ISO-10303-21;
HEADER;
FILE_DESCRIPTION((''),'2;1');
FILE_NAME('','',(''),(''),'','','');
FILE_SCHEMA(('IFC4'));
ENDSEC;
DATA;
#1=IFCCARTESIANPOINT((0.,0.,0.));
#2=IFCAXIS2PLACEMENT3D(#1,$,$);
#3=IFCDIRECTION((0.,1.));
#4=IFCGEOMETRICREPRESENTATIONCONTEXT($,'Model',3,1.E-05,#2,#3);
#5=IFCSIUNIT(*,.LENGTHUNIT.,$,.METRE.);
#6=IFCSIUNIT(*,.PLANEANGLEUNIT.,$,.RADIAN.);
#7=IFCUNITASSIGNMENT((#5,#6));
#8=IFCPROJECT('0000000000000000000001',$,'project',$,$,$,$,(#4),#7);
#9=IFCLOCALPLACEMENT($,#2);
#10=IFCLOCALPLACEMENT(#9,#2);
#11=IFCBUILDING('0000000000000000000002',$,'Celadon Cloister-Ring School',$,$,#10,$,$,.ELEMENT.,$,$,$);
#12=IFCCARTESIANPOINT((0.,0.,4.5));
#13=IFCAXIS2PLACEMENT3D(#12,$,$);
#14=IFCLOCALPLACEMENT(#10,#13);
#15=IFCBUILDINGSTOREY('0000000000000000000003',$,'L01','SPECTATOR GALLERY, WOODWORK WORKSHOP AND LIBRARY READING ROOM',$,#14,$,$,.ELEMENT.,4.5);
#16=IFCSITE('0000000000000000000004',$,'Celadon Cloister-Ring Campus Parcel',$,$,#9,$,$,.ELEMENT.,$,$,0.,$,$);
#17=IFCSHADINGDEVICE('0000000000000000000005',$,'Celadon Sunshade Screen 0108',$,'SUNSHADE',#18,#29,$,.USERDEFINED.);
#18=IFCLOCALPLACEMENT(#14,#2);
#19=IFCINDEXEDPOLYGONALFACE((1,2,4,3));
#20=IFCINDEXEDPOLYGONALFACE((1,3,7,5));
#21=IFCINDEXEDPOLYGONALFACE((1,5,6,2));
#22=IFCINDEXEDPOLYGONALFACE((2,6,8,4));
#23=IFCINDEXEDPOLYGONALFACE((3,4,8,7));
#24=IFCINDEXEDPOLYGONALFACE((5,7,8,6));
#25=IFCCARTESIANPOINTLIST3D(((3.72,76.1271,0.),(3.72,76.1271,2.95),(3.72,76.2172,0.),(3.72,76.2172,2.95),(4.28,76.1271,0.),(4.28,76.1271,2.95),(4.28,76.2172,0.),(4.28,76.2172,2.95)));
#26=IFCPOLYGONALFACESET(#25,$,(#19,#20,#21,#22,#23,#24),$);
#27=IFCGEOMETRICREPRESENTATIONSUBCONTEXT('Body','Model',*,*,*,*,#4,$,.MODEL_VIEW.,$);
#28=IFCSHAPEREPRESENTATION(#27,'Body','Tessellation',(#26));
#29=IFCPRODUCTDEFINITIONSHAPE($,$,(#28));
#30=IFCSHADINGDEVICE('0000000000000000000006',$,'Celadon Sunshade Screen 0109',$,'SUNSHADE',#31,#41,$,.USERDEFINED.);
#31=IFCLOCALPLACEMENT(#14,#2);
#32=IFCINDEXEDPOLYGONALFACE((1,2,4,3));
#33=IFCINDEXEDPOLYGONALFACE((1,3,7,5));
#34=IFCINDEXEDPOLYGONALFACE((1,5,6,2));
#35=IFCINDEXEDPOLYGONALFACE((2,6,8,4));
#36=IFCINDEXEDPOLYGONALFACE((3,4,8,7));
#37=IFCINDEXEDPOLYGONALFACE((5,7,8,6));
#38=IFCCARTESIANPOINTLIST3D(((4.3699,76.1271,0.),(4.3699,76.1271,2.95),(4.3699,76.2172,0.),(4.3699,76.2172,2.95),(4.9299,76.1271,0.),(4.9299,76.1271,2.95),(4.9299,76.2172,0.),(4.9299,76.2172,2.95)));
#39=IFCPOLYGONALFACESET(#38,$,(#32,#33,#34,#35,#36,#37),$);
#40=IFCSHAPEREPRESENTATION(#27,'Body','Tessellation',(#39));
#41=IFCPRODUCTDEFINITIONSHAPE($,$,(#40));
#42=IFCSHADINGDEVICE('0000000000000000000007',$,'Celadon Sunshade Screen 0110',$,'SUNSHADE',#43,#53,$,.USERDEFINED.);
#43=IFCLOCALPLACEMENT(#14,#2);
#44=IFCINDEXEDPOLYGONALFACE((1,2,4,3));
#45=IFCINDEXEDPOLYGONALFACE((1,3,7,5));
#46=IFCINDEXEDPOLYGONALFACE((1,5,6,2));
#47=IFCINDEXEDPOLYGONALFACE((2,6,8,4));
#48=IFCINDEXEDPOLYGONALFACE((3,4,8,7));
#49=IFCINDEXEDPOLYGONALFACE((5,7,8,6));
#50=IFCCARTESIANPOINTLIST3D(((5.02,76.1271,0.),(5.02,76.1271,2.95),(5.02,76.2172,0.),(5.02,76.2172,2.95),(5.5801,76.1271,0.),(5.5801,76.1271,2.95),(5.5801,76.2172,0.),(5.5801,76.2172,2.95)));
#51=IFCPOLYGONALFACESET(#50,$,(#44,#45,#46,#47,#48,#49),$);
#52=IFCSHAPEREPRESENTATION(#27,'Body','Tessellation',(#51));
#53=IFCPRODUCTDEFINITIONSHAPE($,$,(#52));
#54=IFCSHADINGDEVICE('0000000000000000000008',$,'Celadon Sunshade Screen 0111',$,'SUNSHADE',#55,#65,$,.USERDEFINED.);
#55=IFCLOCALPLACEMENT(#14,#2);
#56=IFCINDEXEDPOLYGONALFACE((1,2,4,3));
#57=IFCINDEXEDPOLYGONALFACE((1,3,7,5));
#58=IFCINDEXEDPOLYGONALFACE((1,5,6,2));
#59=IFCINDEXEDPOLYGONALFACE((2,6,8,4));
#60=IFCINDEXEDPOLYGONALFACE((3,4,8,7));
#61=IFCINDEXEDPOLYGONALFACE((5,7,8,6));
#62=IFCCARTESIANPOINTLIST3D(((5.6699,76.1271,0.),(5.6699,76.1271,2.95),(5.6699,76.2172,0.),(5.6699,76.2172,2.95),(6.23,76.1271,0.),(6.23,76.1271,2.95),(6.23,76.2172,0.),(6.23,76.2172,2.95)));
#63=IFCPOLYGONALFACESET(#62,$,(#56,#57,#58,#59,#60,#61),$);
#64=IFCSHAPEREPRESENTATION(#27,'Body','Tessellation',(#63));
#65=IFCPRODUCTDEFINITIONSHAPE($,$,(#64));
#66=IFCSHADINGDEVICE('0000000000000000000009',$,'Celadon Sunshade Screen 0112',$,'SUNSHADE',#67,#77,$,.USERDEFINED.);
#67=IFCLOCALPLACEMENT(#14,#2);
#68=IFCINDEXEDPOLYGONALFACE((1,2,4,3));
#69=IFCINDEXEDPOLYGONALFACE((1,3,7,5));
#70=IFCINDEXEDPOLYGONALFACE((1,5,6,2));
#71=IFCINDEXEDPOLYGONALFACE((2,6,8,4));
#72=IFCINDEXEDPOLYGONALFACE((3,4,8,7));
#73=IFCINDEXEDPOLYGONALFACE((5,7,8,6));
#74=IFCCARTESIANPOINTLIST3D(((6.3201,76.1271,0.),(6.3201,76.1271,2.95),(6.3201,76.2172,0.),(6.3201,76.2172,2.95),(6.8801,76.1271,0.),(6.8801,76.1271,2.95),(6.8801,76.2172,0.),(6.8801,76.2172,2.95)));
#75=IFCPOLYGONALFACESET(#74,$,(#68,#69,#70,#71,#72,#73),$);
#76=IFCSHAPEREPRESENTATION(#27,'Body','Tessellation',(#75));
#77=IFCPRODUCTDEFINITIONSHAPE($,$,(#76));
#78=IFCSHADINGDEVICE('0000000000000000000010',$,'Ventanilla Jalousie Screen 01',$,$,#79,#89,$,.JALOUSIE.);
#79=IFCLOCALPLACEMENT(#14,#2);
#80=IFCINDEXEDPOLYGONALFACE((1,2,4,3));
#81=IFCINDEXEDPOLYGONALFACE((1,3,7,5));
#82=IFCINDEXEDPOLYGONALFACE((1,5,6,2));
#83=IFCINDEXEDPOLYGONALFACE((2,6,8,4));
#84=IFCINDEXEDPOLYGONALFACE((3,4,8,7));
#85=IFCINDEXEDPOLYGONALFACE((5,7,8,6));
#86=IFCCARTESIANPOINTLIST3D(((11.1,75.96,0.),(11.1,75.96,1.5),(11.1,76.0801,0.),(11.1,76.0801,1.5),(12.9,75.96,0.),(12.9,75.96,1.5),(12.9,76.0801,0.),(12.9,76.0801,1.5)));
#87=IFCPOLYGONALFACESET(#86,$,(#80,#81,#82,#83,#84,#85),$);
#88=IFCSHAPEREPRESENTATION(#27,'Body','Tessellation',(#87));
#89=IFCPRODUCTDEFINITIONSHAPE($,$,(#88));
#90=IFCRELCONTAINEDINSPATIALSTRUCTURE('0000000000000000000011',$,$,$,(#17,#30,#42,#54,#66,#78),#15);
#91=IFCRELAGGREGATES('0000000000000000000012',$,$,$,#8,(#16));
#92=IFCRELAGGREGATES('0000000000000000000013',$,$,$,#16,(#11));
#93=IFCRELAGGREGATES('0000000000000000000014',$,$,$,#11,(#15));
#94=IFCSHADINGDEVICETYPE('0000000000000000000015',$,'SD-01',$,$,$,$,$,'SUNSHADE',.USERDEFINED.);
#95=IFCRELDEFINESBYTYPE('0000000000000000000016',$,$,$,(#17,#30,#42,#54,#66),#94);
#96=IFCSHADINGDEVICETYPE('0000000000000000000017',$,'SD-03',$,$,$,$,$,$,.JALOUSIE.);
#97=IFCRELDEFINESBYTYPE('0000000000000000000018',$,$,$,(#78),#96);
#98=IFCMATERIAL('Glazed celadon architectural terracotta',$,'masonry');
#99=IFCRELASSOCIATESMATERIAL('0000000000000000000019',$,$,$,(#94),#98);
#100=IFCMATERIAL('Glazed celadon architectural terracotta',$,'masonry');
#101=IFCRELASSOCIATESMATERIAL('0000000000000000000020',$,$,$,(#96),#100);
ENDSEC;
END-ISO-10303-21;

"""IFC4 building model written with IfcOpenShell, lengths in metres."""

from ifc_helpers import new_model, si_unit, direction, frame, origin, origin_2d, place, context, subcontext, project, spatial, rectangle, extrude, material, type_object, element, save


model = new_model("IFC4")

# Units and contexts
model_context = context("Model", 3, precision=1e-05, world=origin(), true_north=direction((0.0, 1.0)))
body_context = subcontext(model_context, "Body", "Model", "MODEL_VIEW")
ifc_project = project(units=[si_unit("LENGTHUNIT", "METRE"), si_unit("PLANEANGLEUNIT", "RADIAN")], contexts=[model_context])

# Site, building, storey
site_placement = place(None, origin())
site = spatial("IfcSite", under=ifc_project, at=site_placement, Name="Celadon Cloister-Ring Campus Parcel", CompositionType="ELEMENT", RefElevation=0.0)
building_placement = place(site_placement, origin())
building = spatial("IfcBuilding", under=site, at=building_placement, Name="Celadon Cloister-Ring School", CompositionType="ELEMENT")
storey_placement = place(building_placement, frame((0.0, 0.0, 4.5)))
storey = spatial("IfcBuildingStorey", under=building, at=storey_placement, Name="L01", Description="SPECTATOR GALLERY, WOODWORK WORKSHOP AND LIBRARY READING ROOM", CompositionType="ELEMENT", Elevation=4.5)

# Shading devices
ifc_material_1 = material(Name="Glazed celadon architectural terracotta", Category="masonry")
shading_device_type_1 = type_object("IfcShadingDeviceType", Name="SD-01", ElementType="SUNSHADE", PredefinedType="USERDEFINED", material=ifc_material_1)
for number, where, z_axis, x_axis, name in (
    (1, (4.0, 76.1721, 0.0), (0.0, 0.0, 1.0), (1.0, 0.0, 0.0), "Celadon Sunshade Screen 0108"),
    (2, (4.6499, 76.1721, 0.0), (0.0, 0.0, 1.0), (1.0, 0.0, 0.0), "Celadon Sunshade Screen 0109"),
    (3, (5.3, 76.1721, 0.0), (0.0, 0.0, 1.0), (1.0, 0.0, 0.0), "Celadon Sunshade Screen 0110"),
    (4, (5.95, 76.1721, 0.0), (0.0, 0.0, 1.0), (1.0, 0.0, 0.0), "Celadon Sunshade Screen 0111"),
    (5, (6.6001, 76.1721, 0.0), (0.0, 0.0, 1.0), (1.0, 0.0, 0.0), "Celadon Sunshade Screen 0112"),
):
    element("IfcShadingDevice", number, at=place(storey_placement, frame(where, z_axis=z_axis, x_axis=x_axis)), inside=storey, type_object=shading_device_type_1, Name=name, ObjectType="SUNSHADE", PredefinedType="USERDEFINED", context=body_context, shape_type="SweptSolid", body=[
        extrude(rectangle(XDim=0.5601, YDim=0.0901, at=origin_2d()), origin(), (0.0, 0.0, 1.0), 2.95),
    ])
ifc_material_2 = material(Name="Glazed celadon architectural terracotta", Category="masonry")
shading_device_type_2 = type_object("IfcShadingDeviceType", Name="SD-03", PredefinedType="JALOUSIE", material=ifc_material_2)
shading_device_placement = place(storey_placement, frame((12.0, 76.02, 0.0), z_axis=(0.0, 0.0, 1.0), x_axis=(1.0, 0.0, 0.0)))
element("IfcShadingDevice", 6, at=shading_device_placement, inside=storey, type_object=shading_device_type_2, Name="Ventanilla Jalousie Screen 01", PredefinedType="JALOUSIE", context=body_context, shape_type="SweptSolid", body=[
    extrude(rectangle(XDim=1.8, YDim=0.1201, at=origin_2d()), origin(), (0.0, 0.0, 1.0), 1.5),
])

save(model, "model.ifc")
